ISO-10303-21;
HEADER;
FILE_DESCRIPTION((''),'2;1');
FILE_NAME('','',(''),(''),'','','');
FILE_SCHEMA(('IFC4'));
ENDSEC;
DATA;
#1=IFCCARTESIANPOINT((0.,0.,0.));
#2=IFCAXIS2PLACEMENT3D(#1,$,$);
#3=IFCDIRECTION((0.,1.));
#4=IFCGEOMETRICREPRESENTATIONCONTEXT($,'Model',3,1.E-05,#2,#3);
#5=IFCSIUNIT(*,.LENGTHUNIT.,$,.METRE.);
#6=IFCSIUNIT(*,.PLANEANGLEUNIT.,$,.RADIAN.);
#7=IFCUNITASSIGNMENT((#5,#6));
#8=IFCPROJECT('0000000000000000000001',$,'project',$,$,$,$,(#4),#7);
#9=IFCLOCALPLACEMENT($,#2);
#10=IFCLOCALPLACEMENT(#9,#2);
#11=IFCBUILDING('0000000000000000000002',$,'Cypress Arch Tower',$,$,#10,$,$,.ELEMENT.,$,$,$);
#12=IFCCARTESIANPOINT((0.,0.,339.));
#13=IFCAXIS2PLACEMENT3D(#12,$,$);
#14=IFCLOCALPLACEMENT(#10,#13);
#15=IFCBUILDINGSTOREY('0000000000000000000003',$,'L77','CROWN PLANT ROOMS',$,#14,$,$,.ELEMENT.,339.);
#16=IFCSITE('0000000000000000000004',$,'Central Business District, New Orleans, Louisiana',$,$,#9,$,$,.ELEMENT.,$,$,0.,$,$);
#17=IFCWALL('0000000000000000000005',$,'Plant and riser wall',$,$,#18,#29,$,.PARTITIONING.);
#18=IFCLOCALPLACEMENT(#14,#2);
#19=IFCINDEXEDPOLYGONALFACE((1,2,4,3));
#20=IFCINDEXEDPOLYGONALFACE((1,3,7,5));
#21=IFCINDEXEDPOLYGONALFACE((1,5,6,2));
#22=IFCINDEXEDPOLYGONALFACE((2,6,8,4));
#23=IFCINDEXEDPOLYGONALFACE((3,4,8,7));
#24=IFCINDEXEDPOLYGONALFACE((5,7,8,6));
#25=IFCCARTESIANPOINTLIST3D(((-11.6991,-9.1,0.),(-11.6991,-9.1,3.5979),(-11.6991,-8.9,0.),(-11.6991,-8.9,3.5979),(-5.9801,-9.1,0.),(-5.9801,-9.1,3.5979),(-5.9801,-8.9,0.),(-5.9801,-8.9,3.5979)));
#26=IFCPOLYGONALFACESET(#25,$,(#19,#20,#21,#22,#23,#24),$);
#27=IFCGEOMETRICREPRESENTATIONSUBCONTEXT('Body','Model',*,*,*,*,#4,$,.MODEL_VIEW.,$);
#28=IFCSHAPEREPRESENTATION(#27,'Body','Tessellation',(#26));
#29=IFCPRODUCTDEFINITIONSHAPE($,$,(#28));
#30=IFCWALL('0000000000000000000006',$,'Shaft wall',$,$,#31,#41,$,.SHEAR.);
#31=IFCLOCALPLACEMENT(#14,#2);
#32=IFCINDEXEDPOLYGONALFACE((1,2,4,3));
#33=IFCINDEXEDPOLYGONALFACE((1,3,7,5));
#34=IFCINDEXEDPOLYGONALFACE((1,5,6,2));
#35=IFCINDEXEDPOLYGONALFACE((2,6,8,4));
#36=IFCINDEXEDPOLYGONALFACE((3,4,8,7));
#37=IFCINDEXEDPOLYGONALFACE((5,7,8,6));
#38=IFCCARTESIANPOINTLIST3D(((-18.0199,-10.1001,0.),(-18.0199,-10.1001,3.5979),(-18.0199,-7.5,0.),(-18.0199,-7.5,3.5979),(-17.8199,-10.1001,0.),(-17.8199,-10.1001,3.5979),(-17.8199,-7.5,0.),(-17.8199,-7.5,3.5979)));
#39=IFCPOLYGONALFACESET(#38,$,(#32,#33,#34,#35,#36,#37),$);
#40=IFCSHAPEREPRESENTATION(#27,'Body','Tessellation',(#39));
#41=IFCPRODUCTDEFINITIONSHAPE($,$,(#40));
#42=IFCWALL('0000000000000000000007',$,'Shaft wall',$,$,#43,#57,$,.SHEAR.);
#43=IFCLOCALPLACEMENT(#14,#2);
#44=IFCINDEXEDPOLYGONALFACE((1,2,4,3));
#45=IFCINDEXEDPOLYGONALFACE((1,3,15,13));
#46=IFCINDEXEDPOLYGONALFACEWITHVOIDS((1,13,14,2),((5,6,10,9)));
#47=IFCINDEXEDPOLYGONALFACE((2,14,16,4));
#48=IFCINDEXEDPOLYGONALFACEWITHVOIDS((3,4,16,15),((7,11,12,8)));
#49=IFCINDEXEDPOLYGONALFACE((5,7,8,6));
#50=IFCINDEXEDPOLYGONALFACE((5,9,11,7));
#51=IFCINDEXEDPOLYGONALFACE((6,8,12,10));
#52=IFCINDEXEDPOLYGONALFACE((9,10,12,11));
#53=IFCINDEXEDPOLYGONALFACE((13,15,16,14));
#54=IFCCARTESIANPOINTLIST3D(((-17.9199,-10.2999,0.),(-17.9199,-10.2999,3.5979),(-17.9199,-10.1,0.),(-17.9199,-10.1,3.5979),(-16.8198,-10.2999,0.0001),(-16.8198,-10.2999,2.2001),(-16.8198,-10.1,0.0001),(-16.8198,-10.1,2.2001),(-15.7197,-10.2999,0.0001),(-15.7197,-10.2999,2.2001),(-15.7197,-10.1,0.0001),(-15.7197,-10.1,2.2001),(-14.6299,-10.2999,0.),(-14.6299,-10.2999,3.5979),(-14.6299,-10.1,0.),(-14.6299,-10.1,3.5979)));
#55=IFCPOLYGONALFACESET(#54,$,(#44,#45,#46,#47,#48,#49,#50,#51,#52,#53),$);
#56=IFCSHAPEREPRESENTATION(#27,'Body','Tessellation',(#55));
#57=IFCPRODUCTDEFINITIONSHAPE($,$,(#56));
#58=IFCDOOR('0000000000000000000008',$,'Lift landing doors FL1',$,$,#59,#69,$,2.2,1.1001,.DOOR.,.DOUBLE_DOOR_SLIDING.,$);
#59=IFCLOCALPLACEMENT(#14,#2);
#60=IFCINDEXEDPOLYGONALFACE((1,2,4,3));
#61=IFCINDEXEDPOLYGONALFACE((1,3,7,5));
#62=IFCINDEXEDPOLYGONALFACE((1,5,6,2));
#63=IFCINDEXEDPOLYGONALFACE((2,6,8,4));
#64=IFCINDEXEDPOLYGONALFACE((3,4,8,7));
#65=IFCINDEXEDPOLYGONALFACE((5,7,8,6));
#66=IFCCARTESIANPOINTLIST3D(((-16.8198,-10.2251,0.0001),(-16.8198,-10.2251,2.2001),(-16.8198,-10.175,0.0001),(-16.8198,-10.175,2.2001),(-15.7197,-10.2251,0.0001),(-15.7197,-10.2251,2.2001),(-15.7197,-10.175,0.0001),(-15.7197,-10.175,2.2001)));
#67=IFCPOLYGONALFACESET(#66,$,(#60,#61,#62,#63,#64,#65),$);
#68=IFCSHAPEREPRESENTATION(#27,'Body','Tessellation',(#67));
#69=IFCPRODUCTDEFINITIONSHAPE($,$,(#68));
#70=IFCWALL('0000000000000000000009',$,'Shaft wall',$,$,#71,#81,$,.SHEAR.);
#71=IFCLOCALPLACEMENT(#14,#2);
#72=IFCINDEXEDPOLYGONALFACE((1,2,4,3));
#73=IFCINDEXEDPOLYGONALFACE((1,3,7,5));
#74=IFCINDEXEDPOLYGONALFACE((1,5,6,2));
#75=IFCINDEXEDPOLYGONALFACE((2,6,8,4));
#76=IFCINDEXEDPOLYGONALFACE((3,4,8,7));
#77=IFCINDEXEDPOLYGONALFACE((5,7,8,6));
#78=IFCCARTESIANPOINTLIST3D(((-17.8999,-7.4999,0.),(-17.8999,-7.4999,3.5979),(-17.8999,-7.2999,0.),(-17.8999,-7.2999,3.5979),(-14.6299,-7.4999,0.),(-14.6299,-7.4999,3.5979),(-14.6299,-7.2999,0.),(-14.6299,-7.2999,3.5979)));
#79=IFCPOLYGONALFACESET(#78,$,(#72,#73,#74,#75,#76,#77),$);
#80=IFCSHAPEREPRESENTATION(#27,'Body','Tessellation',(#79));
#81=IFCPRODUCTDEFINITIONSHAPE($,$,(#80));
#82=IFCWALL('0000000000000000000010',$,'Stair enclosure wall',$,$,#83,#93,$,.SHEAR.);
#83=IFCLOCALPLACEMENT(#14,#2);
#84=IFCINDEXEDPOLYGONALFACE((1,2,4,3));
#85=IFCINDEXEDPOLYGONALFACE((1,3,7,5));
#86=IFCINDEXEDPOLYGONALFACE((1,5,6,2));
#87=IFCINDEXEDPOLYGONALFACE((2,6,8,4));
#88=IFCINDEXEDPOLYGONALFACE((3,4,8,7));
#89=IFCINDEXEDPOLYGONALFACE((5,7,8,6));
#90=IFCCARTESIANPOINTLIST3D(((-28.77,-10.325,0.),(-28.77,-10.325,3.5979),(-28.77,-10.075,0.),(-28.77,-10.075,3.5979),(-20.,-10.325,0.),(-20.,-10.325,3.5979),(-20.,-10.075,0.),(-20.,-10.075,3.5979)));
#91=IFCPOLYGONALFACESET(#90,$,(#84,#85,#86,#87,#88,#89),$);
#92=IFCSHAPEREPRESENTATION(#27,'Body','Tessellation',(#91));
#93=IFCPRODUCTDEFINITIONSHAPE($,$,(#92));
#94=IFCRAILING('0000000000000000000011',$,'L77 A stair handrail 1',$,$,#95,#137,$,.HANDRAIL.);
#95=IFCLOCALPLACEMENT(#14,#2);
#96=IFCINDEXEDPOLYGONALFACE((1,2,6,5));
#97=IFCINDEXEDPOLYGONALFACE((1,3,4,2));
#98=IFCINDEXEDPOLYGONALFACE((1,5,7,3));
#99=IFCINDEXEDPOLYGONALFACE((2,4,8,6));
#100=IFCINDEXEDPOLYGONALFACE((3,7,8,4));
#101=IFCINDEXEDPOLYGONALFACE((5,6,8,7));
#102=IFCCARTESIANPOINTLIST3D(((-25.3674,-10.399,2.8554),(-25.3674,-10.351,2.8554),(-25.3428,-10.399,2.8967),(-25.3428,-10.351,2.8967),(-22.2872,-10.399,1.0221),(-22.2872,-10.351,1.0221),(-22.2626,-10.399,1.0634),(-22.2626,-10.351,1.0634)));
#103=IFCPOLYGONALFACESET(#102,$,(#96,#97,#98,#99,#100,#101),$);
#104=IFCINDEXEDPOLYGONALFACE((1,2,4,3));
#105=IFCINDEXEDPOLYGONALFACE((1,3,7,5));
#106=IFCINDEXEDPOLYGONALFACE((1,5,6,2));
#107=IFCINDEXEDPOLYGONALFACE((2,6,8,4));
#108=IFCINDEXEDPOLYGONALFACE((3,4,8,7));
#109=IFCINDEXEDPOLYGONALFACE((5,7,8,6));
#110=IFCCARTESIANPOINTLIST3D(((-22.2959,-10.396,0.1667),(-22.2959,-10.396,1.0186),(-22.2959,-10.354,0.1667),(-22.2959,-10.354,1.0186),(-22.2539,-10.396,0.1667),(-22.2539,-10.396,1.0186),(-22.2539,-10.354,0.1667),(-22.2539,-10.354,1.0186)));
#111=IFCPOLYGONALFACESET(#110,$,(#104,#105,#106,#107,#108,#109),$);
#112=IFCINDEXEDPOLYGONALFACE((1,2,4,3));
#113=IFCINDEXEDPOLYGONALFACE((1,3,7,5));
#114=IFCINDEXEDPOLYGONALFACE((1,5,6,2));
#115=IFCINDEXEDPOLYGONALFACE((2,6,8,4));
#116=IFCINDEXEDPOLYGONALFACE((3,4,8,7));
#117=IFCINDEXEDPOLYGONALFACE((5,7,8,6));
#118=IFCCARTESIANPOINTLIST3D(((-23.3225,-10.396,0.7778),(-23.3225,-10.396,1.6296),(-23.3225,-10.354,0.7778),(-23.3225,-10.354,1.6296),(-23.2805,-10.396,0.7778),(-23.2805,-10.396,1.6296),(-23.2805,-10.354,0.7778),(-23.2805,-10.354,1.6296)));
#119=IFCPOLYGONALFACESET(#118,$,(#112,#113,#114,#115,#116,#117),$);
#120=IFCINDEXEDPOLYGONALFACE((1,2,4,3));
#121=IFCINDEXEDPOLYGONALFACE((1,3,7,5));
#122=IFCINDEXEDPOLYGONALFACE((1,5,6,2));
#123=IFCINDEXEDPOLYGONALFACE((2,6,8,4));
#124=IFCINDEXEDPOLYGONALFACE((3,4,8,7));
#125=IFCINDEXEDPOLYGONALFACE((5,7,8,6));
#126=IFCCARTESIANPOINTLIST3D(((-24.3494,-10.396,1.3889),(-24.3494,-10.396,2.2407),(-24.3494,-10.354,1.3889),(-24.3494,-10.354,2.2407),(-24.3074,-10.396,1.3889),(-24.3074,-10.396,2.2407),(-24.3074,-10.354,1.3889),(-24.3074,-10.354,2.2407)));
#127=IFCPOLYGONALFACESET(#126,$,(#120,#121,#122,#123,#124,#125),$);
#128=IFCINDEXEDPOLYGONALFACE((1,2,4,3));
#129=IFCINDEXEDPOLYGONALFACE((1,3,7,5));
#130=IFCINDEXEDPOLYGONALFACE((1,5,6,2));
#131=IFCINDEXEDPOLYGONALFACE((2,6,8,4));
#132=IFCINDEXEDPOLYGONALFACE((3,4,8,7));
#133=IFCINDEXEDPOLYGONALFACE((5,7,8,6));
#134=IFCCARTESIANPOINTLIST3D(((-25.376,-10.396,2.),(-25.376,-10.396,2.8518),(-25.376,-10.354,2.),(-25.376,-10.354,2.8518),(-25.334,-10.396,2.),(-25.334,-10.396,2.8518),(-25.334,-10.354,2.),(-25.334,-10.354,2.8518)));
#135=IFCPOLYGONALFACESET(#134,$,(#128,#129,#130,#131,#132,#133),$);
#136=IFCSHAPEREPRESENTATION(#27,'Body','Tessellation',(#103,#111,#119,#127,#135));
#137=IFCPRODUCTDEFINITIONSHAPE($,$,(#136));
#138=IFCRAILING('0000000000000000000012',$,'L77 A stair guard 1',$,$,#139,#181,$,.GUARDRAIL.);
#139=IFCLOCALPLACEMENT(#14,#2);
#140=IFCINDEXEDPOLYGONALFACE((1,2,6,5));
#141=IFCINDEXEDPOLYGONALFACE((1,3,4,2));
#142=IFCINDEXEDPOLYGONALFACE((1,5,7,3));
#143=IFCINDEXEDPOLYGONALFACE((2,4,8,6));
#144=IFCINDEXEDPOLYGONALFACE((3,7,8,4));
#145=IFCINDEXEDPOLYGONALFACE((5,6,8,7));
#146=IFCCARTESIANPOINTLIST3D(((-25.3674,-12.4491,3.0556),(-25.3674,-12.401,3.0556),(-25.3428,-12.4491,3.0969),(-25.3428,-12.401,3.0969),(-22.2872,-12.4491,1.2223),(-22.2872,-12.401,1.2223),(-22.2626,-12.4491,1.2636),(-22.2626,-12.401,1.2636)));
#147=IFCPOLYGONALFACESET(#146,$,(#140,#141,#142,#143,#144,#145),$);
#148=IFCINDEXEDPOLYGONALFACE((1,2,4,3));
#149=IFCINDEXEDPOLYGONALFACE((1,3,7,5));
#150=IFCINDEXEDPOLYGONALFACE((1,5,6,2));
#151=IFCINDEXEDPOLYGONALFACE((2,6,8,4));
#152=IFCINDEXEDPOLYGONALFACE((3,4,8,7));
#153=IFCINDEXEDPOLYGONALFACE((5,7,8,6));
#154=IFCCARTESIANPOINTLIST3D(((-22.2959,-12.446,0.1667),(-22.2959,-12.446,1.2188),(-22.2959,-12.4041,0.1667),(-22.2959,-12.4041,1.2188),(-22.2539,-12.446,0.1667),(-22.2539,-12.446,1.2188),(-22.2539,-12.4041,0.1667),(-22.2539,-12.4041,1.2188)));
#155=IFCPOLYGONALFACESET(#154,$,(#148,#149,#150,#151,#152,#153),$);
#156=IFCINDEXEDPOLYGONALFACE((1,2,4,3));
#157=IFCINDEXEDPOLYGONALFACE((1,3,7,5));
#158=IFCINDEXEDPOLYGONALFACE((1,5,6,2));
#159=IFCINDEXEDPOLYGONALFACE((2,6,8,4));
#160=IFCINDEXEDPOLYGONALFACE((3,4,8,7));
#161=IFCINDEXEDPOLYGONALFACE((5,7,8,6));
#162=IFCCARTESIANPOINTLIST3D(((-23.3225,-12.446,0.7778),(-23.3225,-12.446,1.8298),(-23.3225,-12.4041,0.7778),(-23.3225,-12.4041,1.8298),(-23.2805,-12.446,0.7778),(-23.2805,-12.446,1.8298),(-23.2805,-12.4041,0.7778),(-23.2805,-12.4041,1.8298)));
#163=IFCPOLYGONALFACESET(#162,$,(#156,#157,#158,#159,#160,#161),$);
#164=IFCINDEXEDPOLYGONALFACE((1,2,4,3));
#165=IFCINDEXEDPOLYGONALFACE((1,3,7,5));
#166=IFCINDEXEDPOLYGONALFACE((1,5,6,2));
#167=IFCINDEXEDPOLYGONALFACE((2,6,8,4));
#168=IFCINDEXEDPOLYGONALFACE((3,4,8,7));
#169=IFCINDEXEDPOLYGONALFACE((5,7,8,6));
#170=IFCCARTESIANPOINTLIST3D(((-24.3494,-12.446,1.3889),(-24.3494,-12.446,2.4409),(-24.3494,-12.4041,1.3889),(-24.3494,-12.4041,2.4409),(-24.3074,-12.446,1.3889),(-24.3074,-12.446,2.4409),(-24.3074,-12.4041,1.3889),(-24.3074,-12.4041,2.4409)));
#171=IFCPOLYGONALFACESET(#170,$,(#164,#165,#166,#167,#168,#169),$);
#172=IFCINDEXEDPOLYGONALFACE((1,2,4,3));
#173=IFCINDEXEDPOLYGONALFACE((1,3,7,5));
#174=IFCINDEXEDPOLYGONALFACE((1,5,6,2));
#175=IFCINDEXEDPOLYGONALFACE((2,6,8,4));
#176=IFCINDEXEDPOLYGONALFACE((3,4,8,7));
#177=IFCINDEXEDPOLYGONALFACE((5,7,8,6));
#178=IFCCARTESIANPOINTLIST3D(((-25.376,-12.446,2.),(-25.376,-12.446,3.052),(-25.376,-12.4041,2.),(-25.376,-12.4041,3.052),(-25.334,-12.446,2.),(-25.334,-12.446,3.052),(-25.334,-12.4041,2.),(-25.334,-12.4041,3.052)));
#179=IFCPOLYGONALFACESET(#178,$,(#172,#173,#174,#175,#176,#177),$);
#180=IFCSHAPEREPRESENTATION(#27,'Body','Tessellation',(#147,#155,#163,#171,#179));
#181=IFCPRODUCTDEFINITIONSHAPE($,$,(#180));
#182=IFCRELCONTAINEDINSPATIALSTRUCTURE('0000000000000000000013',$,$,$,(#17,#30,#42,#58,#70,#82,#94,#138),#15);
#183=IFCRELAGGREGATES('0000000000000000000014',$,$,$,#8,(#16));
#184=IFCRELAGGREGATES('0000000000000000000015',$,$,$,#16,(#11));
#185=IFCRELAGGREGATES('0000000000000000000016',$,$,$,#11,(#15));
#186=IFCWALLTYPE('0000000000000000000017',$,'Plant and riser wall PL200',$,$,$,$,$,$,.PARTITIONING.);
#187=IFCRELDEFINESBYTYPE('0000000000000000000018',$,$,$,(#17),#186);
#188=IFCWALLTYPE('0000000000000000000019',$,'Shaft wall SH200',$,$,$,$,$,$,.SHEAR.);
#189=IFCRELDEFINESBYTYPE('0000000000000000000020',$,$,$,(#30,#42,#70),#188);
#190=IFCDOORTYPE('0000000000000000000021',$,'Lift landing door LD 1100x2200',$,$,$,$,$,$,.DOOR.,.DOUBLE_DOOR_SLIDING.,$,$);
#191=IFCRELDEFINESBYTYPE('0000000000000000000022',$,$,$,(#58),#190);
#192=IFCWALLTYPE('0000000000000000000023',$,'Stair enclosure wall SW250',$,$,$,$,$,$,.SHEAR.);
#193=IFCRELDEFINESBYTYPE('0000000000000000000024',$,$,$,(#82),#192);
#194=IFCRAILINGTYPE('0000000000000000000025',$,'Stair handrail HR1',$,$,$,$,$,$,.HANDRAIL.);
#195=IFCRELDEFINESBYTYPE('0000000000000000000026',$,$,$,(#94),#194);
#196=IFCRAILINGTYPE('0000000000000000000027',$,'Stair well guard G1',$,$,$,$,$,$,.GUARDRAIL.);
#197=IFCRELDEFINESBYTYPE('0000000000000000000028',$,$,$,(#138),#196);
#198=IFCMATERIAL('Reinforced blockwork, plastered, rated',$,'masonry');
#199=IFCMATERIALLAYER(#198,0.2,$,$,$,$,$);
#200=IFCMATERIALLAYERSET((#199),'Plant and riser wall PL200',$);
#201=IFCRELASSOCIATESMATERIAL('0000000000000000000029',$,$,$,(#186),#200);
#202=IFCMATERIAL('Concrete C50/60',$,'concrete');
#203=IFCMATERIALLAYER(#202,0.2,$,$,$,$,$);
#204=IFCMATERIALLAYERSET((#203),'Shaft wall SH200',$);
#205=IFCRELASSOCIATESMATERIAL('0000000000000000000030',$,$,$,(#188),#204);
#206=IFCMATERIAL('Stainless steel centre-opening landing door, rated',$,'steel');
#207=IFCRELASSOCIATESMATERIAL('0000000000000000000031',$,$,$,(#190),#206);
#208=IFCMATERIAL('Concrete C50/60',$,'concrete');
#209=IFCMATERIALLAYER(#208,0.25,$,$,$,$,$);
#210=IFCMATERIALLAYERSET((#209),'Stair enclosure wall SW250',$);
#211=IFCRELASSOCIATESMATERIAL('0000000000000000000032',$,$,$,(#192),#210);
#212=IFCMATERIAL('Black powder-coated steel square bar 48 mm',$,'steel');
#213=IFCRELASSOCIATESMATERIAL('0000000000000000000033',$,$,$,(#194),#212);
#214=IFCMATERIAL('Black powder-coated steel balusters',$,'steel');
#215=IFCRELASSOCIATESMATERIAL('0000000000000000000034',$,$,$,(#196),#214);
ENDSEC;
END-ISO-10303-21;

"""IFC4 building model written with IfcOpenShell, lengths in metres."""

from ifc_helpers import new_model, si_unit, direction, frame, frame_2d, origin, origin_2d, place, context, subcontext, project, spatial, rectangle, extrude, material, layer, layer_set, type_object, element, fill, save


model = new_model("IFC4")

# Units and contexts
model_context = context("Model", 3, precision=1e-05, world=origin(), true_north=direction((0.0, 1.0)))
body_context = subcontext(model_context, "Body", "Model", "MODEL_VIEW")
ifc_project = project(units=[si_unit("LENGTHUNIT", "METRE"), si_unit("PLANEANGLEUNIT", "RADIAN")], contexts=[model_context])

# Site, building, storey
site_placement = place(None, origin())
site = spatial("IfcSite", under=ifc_project, at=site_placement, Name="Central Business District, New Orleans, Louisiana", CompositionType="ELEMENT", RefElevation=0.0)
building_placement = place(site_placement, origin())
building = spatial("IfcBuilding", under=site, at=building_placement, Name="Cypress Arch Tower", CompositionType="ELEMENT")
storey_placement = place(building_placement, frame((0.0, 0.0, 339.0)))
storey = spatial("IfcBuildingStorey", under=building, at=storey_placement, Name="L77", Description="CROWN PLANT ROOMS", CompositionType="ELEMENT", Elevation=339.0)

# Shared definitions
ifc_material_1 = material(Name="Reinforced blockwork, plastered, rated", Category="masonry")
ifc_layer_1 = layer(ifc_material_1, 0.2)
ifc_layer_set_1 = layer_set([ifc_layer_1], Name="Plant and riser wall PL200")
wall_type_1 = type_object("IfcWallType", Name="Plant and riser wall PL200", PredefinedType="PARTITIONING", material=ifc_layer_set_1)

# Walls
wall_1_placement = place(storey_placement, frame((-11.699, -9.0, 0.0), z_axis=(0.0, 0.0, 1.0), x_axis=(1.0, 0.0, 0.0)))
element("IfcWall", 1, at=wall_1_placement, inside=storey, type_object=wall_type_1, Name="Plant and riser wall", PredefinedType="PARTITIONING", context=body_context, shape_type="SweptSolid", body=[
    extrude(rectangle(XDim=5.719, YDim=0.2, at=frame_2d((2.8594, 0.0))), origin(), (0.0, 0.0, 1.0), 3.5979),
])
ifc_material_2 = material(Name="Concrete C50/60", Category="concrete")
ifc_layer_2 = layer(ifc_material_2, 0.2)
ifc_layer_set_2 = layer_set([ifc_layer_2], Name="Shaft wall SH200")
wall_type_2 = type_object("IfcWallType", Name="Shaft wall SH200", PredefinedType="SHEAR", material=ifc_layer_set_2)
wall_2_placement = place(storey_placement, frame((-17.9199, -10.1001, 0.0), z_axis=(0.0, 0.0, 1.0), x_axis=(0.0, 1.0, 0.0)))
element("IfcWall", 2, at=wall_2_placement, inside=storey, type_object=wall_type_2, Name="Shaft wall", PredefinedType="SHEAR", context=body_context, shape_type="SweptSolid", body=[
    extrude(rectangle(XDim=2.6001, YDim=0.2, at=frame_2d((1.3, 0.0))), origin(), (0.0, 0.0, 1.0), 3.5979),
])

# Wall, opening, door
wall_3_placement = place(storey_placement, frame((-17.9199, -10.2, 0.0), z_axis=(0.0, 0.0, 1.0), x_axis=(1.0, 0.0, 0.0)))
wall_3 = element("IfcWall", 3, at=wall_3_placement, inside=storey, type_object=wall_type_2, Name="Shaft wall", PredefinedType="SHEAR", context=body_context, shape_type="SweptSolid", body=[
    extrude(rectangle(XDim=3.29, YDim=0.2, at=frame_2d((1.645, 0.0))), origin(), (0.0, 0.0, 1.0), 3.5979),
])
opening_1_placement = place(wall_3_placement, frame((1.1001, 0.0, 0.0)))
opening_1 = element("IfcOpeningElement", 4, at=opening_1_placement, cuts=wall_3, PredefinedType="OPENING", context=body_context, shape_type="SweptSolid", body=[
    extrude(rectangle(XDim=1.1001, YDim=2.2, at=frame_2d((0.55, 1.1001))), frame((0.0, 0.1099, 0.0), z_axis=(0.0, -1.0, 0.0), x_axis=(1.0, 0.0, 0.0)), (0.0, 0.0, 1.0), 0.22),
])
ifc_material_3 = material(Name="Stainless steel centre-opening landing door, rated", Category="steel")
door_type_1 = type_object("IfcDoorType", Name="Lift landing door LD 1100x2200", OperationType="DOUBLE_DOOR_SLIDING", PredefinedType="DOOR", material=ifc_material_3)
door_1_placement = place(opening_1_placement, origin())
door_1 = element("IfcDoor", 5, at=door_1_placement, inside=storey, type_object=door_type_1, Name="Lift landing doors FL1", OperationType="DOUBLE_DOOR_SLIDING", OverallHeight=2.2, OverallWidth=1.1001, PredefinedType="DOOR", context=body_context, shape_type="SweptSolid", body=[
    extrude(rectangle(XDim=1.1001, YDim=2.2, at=frame_2d((0.55, 1.1001))), frame((0.0, 0.0249, 0.0), z_axis=(0.0, -1.0, 0.0), x_axis=(1.0, 0.0, 0.0)), (0.0, 0.0, 1.0), 0.05),
])
fill(opening_1, door_1)

# Walls
wall_4_placement = place(storey_placement, frame((-17.8999, -7.3999, 0.0), z_axis=(0.0, 0.0, 1.0), x_axis=(1.0, 0.0, 0.0)))
element("IfcWall", 6, at=wall_4_placement, inside=storey, type_object=wall_type_2, Name="Shaft wall", PredefinedType="SHEAR", context=body_context, shape_type="SweptSolid", body=[
    extrude(rectangle(XDim=3.27, YDim=0.2, at=frame_2d((1.635, 0.0))), origin(), (0.0, 0.0, 1.0), 3.5979),
])
ifc_material_4 = material(Name="Concrete C50/60", Category="concrete")
ifc_layer_3 = layer(ifc_material_4, 0.25)
ifc_layer_set_3 = layer_set([ifc_layer_3], Name="Stair enclosure wall SW250")
wall_type_3 = type_object("IfcWallType", Name="Stair enclosure wall SW250", PredefinedType="SHEAR", material=ifc_layer_set_3)
wall_5_placement = place(storey_placement, frame((-28.77, -10.2, 0.0), z_axis=(0.0, 0.0, 1.0), x_axis=(1.0, 0.0, 0.0)))
element("IfcWall", 7, at=wall_5_placement, inside=storey, type_object=wall_type_3, Name="Stair enclosure wall", PredefinedType="SHEAR", context=body_context, shape_type="SweptSolid", body=[
    extrude(rectangle(XDim=8.77, YDim=0.25, at=frame_2d((4.385, 0.0))), origin(), (0.0, 0.0, 1.0), 3.5979),
])

# Railings
ifc_material_5 = material(Name="Black powder-coated steel square bar 48 mm", Category="steel")
railing_type_1 = type_object("IfcRailingType", Name="Stair handrail HR1", PredefinedType="HANDRAIL", material=ifc_material_5)
railing_1_placement = place(storey_placement, frame((-22.2749, -10.375, 0.1667)))
element("IfcRailing", 8, at=railing_1_placement, inside=storey, type_object=railing_type_1, Name="L77 A stair handrail 1", PredefinedType="HANDRAIL", context=body_context, shape_type="SweptSolid", body=[
    extrude(rectangle(XDim=0.0481, YDim=0.0481, at=origin_2d()), frame((0.0, 0.0, 0.876), z_axis=(-0.859309, 0.0, 0.511458), x_axis=(0.0, -1.0, 0.0)), (0.0, 0.0, 1.0), 3.5845),
    extrude(rectangle(XDim=0.042, YDim=0.042, at=origin_2d()), origin(), (0.0, 0.0, 1.0), 0.8518),
    extrude(rectangle(XDim=0.042, YDim=0.042, at=origin_2d()), frame((-1.0266, 0.0, 0.6111)), (0.0, 0.0, 1.0), 0.8518),
    extrude(rectangle(XDim=0.042, YDim=0.042, at=origin_2d()), frame((-2.0535, 0.0, 1.2222)), (0.0, 0.0, 1.0), 0.8518),
    extrude(rectangle(XDim=0.042, YDim=0.042, at=origin_2d()), frame((-3.0801, 0.0, 1.8333)), (0.0, 0.0, 1.0), 0.8518),
])
ifc_material_6 = material(Name="Black powder-coated steel balusters", Category="steel")
railing_type_2 = type_object("IfcRailingType", Name="Stair well guard G1", PredefinedType="GUARDRAIL", material=ifc_material_6)
railing_2_placement = place(storey_placement, frame((-22.2749, -12.425, 0.1667)))
element("IfcRailing", 9, at=railing_2_placement, inside=storey, type_object=railing_type_2, Name="L77 A stair guard 1", PredefinedType="GUARDRAIL", context=body_context, shape_type="SweptSolid", body=[
    extrude(rectangle(XDim=0.0481, YDim=0.0481, at=origin_2d()), frame((0.0, 0.0, 1.0762), z_axis=(-0.859309, 0.0, 0.511458), x_axis=(0.0, -1.0, 0.0)), (0.0, 0.0, 1.0), 3.5845),
    extrude(rectangle(XDim=0.042, YDim=0.042, at=origin_2d()), origin(), (0.0, 0.0, 1.0), 1.052),
    extrude(rectangle(XDim=0.042, YDim=0.042, at=origin_2d()), frame((-1.0266, 0.0, 0.6111)), (0.0, 0.0, 1.0), 1.052),
    extrude(rectangle(XDim=0.042, YDim=0.042, at=origin_2d()), frame((-2.0535, 0.0, 1.2222)), (0.0, 0.0, 1.0), 1.052),
    extrude(rectangle(XDim=0.042, YDim=0.042, at=origin_2d()), frame((-3.0801, 0.0, 1.8333)), (0.0, 0.0, 1.0), 1.052),
])

save(model, "model.ifc")
